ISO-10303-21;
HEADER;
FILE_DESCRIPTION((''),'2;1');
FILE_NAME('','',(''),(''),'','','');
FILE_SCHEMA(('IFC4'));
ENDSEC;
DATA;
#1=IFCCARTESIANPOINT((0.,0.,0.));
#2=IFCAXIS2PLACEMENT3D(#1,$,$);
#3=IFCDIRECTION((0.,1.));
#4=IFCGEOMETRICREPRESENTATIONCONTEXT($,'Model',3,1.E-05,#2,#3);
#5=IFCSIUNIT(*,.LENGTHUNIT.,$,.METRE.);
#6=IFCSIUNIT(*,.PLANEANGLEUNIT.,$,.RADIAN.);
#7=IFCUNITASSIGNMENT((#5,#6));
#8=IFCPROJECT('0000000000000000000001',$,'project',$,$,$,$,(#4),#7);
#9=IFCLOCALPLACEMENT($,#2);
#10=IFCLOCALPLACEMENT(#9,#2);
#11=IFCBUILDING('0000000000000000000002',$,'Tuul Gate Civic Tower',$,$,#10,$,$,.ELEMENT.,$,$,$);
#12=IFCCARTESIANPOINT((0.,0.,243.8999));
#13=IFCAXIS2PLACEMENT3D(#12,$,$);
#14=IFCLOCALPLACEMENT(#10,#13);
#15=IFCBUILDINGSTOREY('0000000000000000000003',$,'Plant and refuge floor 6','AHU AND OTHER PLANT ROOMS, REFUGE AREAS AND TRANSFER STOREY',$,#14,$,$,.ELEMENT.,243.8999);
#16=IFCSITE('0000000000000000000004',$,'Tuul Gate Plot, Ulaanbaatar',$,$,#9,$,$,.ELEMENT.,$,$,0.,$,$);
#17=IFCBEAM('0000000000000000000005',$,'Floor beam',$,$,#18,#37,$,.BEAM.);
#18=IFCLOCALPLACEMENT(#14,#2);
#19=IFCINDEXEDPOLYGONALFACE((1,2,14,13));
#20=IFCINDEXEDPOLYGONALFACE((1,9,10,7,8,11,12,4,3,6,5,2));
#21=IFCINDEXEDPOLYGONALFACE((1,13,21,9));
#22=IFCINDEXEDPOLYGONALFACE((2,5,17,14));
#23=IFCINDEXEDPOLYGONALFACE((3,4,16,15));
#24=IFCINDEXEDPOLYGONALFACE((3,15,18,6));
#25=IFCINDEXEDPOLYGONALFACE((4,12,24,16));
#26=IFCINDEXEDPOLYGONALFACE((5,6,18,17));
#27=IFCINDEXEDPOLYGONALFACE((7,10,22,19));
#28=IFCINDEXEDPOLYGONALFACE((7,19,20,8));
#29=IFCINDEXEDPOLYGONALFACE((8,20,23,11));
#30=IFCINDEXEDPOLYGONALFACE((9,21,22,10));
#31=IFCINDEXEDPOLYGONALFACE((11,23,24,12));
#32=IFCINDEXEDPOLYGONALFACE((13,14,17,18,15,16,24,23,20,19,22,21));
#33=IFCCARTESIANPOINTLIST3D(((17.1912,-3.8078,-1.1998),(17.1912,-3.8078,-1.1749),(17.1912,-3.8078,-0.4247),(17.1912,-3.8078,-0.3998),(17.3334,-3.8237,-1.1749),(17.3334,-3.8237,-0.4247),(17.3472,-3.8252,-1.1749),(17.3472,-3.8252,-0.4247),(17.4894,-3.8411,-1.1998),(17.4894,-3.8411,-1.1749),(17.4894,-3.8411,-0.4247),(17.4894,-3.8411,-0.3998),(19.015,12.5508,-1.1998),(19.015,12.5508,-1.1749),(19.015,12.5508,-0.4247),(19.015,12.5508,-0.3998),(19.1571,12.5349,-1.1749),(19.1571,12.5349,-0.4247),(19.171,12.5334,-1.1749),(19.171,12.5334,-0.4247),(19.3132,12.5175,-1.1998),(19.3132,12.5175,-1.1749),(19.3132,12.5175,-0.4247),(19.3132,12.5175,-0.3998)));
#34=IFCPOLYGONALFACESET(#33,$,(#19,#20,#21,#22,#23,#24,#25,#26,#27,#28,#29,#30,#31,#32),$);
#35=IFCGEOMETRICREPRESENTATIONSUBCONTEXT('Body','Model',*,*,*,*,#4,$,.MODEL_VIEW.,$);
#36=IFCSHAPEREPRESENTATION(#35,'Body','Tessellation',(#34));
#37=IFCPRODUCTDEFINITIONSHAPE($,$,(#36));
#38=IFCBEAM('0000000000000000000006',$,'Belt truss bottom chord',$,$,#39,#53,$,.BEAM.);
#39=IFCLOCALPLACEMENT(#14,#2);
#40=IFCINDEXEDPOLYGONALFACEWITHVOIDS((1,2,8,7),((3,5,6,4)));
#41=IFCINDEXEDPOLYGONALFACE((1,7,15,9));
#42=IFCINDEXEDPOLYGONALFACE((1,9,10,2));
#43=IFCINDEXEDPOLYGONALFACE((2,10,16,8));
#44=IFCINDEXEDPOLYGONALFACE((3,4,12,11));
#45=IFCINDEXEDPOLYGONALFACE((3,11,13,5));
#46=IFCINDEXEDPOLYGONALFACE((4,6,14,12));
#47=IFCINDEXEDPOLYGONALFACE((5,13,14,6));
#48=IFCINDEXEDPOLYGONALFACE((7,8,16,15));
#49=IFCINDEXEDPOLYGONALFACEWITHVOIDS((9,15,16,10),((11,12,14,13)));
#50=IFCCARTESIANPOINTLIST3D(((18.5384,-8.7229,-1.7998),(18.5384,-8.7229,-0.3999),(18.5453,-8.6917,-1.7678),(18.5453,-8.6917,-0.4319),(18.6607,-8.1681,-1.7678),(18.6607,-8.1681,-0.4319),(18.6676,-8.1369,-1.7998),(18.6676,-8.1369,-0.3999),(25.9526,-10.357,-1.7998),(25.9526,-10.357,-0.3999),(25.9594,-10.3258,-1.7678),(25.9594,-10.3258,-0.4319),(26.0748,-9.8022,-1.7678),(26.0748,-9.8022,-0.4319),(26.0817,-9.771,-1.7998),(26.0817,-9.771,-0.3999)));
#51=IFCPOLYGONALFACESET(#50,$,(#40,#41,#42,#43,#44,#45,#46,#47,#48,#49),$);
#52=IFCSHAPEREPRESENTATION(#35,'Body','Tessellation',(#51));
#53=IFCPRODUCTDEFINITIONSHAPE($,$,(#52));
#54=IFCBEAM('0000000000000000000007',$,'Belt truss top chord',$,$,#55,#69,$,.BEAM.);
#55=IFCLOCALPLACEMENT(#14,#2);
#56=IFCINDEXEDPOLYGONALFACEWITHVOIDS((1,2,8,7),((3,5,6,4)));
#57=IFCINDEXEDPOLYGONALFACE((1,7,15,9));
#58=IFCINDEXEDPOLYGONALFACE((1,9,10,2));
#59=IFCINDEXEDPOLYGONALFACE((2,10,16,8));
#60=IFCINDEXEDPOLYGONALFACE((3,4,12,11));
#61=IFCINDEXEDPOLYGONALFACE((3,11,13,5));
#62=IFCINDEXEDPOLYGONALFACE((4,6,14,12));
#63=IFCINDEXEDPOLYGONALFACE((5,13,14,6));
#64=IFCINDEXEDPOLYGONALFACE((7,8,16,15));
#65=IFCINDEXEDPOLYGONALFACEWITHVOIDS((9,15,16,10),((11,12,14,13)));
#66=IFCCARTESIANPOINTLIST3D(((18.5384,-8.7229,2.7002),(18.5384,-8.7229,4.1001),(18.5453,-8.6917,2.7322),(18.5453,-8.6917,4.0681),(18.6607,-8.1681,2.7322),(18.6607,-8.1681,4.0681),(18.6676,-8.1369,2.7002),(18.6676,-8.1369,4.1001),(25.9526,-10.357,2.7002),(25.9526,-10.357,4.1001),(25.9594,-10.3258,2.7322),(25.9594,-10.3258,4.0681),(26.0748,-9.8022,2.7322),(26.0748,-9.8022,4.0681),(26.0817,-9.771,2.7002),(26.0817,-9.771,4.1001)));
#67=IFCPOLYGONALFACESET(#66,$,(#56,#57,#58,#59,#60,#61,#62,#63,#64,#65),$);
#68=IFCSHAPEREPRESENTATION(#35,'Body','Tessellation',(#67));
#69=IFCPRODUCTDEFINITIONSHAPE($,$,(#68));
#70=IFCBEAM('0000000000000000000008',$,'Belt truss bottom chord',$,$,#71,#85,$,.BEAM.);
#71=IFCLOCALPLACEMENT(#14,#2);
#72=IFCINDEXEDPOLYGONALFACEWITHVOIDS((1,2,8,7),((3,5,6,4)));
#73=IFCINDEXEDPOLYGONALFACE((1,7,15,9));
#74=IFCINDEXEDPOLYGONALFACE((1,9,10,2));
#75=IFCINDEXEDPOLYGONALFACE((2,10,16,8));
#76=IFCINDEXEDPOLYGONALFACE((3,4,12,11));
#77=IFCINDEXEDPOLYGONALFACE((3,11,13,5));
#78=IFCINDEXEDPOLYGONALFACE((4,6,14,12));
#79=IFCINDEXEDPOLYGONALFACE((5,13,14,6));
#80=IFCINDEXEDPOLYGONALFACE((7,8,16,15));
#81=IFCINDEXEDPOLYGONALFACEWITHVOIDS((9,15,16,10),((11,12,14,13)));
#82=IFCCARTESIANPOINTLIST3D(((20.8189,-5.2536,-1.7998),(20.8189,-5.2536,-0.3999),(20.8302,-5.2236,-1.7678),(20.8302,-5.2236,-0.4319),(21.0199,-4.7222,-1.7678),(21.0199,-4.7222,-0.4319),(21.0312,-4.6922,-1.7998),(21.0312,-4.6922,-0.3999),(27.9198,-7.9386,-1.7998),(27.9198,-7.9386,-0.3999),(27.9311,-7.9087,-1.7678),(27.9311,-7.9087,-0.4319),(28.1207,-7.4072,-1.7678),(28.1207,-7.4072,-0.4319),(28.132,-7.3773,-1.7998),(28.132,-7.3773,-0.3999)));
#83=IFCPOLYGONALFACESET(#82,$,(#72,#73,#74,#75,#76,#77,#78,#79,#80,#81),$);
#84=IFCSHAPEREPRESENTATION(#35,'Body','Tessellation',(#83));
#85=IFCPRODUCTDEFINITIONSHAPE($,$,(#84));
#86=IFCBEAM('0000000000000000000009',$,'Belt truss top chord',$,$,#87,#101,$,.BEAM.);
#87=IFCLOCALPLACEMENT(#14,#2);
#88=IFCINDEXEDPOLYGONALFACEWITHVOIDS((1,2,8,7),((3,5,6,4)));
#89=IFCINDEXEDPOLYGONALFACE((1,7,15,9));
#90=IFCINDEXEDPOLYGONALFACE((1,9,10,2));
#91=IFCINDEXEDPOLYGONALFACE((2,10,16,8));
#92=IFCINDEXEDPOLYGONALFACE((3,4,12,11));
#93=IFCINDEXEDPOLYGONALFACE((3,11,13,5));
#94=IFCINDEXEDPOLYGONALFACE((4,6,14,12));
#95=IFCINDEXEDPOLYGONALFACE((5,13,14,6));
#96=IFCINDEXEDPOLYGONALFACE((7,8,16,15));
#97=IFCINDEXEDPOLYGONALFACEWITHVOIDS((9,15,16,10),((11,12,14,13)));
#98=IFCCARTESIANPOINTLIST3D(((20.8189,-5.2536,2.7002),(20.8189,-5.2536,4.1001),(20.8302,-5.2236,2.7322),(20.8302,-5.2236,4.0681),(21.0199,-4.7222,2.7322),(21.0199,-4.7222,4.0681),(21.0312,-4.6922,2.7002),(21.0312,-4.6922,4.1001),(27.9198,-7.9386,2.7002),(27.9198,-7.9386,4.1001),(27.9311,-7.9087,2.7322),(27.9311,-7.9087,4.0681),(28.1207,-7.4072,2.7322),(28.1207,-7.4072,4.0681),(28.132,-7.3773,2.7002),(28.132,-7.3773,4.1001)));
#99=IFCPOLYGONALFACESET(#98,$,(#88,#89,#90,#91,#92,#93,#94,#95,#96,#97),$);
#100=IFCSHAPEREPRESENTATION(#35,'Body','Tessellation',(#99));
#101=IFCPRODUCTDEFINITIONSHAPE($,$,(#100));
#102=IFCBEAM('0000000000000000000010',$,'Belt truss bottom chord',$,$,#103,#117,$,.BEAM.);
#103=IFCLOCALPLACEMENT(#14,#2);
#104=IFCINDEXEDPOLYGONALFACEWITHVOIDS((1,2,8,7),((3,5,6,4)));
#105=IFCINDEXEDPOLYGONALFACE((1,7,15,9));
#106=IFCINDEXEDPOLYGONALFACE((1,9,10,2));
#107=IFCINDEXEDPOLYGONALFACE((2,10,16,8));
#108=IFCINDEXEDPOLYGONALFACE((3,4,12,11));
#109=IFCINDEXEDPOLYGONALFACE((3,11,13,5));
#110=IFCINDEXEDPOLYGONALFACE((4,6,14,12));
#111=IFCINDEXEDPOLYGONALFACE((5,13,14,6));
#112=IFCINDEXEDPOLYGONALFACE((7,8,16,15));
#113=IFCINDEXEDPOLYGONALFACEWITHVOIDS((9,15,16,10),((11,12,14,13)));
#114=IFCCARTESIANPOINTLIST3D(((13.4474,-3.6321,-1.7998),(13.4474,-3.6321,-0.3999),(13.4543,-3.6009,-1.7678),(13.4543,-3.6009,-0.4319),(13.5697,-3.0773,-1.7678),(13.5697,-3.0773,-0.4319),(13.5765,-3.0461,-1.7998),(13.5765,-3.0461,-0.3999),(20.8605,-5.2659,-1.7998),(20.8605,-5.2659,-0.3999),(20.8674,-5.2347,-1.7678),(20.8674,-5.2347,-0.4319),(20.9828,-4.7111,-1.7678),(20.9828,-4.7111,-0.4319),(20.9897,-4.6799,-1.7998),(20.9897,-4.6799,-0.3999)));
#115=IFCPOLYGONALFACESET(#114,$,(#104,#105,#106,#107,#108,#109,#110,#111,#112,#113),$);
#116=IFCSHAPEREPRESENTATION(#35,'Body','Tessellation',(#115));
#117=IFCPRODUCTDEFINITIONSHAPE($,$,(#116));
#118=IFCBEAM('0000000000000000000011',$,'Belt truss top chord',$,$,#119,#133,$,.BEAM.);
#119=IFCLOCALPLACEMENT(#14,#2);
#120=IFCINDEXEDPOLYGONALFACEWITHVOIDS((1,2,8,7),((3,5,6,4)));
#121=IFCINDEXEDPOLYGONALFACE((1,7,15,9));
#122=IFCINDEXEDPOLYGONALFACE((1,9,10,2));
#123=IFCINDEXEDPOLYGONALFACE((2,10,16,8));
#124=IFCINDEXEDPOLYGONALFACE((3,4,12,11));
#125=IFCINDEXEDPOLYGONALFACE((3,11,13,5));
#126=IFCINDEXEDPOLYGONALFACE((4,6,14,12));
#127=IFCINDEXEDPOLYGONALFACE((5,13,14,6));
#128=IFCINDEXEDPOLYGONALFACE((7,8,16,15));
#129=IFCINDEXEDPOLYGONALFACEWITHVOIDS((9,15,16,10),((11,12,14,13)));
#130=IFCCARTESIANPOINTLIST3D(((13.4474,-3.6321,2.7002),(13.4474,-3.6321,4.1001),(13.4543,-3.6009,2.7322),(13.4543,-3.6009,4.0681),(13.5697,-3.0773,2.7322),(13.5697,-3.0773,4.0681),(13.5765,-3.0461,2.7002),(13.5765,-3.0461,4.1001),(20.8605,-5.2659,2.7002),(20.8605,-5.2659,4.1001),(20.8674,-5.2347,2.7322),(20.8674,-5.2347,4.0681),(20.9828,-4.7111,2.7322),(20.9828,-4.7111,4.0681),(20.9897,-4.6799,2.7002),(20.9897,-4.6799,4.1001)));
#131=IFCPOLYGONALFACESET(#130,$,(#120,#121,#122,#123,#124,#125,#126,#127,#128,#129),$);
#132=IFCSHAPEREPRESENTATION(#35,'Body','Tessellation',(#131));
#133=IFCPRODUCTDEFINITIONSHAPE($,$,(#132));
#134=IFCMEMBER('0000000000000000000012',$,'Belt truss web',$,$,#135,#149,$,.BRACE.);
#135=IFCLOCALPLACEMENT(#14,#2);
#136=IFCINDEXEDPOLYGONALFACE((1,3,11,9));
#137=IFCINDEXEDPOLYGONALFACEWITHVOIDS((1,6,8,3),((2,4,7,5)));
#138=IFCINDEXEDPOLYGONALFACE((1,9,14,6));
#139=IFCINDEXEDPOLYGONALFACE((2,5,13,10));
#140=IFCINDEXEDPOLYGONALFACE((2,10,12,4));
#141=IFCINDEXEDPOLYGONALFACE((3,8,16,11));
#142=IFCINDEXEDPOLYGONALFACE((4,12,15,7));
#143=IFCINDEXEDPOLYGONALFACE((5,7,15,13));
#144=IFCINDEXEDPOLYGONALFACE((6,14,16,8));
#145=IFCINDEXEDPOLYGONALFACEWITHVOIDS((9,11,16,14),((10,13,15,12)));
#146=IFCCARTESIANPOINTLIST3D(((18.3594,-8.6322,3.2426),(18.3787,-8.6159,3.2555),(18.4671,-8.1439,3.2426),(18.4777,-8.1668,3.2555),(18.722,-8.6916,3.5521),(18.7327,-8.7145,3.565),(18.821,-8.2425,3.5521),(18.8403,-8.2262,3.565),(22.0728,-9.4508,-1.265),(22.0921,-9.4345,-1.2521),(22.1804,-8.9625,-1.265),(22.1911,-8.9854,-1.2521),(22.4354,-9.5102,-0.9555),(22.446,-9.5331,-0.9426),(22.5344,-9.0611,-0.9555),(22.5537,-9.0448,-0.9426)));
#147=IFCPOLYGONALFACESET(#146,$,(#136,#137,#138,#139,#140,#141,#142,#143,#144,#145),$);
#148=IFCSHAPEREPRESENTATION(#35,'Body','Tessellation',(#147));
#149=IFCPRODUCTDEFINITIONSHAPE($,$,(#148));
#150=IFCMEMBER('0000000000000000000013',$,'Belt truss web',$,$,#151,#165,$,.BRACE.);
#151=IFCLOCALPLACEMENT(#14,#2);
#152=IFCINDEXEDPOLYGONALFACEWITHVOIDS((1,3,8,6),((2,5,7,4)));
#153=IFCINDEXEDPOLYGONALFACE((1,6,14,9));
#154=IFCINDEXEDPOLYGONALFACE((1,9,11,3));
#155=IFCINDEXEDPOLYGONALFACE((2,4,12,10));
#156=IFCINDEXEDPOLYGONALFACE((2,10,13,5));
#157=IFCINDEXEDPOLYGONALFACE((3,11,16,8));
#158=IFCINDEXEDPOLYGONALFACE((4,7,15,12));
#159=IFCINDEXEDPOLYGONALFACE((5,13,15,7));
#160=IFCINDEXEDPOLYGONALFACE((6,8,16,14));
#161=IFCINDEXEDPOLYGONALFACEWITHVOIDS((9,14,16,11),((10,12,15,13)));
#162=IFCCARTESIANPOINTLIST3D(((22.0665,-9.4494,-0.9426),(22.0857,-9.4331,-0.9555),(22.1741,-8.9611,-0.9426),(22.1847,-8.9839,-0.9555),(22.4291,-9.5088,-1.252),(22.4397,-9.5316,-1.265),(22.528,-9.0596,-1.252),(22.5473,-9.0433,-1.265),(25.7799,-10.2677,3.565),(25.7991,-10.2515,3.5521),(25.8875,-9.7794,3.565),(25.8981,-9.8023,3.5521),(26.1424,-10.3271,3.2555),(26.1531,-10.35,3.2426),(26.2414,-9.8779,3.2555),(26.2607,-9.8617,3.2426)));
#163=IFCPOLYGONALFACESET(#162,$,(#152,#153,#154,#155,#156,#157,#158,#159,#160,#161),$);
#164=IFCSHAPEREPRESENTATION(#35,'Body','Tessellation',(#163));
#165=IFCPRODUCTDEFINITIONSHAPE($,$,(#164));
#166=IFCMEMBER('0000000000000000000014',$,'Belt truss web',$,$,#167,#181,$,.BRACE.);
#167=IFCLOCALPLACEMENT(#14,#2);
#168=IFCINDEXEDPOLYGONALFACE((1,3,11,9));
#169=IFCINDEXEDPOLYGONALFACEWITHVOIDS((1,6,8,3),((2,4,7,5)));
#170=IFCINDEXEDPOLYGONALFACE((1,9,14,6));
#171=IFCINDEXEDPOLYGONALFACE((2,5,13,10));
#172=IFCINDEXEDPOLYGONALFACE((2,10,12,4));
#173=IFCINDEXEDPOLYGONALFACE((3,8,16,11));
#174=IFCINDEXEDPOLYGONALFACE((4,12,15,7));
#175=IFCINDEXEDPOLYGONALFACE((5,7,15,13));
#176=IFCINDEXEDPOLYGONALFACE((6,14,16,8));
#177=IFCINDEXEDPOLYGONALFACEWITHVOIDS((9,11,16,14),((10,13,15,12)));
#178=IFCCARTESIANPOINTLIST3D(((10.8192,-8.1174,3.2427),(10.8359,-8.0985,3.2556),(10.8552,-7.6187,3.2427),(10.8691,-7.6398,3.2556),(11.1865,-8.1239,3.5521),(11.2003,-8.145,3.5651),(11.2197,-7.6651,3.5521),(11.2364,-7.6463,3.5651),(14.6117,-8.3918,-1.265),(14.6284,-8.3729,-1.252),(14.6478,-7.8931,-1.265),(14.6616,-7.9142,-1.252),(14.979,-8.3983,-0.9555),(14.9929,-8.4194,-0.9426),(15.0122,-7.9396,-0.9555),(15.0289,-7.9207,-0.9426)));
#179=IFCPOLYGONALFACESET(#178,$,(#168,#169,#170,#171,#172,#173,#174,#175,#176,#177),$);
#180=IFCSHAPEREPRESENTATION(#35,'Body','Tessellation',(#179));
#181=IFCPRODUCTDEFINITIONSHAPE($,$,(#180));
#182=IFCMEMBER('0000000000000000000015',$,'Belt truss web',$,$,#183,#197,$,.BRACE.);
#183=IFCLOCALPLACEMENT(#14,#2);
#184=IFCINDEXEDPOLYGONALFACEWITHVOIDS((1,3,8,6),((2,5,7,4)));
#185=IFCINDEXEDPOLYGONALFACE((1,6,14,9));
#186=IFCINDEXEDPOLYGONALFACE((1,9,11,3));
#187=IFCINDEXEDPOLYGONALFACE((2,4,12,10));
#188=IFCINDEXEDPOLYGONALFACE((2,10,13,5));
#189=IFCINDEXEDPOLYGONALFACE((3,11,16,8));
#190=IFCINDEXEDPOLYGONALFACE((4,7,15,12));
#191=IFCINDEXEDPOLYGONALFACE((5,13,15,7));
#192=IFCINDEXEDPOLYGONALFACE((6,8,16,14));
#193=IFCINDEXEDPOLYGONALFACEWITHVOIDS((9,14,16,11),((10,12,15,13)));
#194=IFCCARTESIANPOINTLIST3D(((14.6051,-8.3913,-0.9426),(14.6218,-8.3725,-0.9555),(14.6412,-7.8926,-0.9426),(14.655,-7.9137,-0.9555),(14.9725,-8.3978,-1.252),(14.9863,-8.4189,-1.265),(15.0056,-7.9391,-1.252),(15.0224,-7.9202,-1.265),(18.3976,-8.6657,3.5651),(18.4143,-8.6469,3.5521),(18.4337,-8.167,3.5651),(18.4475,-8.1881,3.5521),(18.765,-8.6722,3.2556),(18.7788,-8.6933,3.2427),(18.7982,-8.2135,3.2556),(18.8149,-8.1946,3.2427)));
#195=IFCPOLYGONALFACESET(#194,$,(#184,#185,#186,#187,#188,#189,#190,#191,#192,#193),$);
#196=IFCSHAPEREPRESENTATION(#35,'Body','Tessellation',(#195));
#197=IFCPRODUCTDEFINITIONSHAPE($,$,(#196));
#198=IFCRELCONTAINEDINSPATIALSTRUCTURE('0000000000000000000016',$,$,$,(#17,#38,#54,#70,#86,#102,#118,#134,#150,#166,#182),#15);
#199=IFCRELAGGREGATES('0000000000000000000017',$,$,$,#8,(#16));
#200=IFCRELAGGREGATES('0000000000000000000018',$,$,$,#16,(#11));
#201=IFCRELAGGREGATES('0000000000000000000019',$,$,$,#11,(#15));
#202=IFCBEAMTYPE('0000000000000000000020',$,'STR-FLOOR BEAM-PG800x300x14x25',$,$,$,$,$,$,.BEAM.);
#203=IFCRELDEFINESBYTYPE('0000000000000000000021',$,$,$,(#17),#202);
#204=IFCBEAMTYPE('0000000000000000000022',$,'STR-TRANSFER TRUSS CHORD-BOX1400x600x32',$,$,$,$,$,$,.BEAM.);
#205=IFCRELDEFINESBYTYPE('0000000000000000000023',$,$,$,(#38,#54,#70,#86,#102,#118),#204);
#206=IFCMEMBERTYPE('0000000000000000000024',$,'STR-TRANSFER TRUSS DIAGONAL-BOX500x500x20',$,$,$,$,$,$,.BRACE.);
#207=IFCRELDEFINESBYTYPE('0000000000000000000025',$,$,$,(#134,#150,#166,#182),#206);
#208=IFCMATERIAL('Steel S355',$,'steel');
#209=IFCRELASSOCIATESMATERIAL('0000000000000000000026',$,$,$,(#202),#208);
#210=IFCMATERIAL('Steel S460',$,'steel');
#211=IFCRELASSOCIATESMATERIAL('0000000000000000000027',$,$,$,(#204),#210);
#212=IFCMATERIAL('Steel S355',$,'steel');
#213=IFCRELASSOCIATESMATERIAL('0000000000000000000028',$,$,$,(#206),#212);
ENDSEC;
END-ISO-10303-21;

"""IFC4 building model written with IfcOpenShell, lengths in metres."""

from ifc_helpers import new_model, si_unit, direction, frame, origin, origin_2d, place, context, subcontext, project, spatial, hollow_rectangle, i_section, extrude, material, material_profile, profile_set, type_object, element, save


model = new_model("IFC4")

# Units and contexts
model_context = context("Model", 3, precision=1e-05, world=origin(), true_north=direction((0.0, 1.0)))
body_context = subcontext(model_context, "Body", "Model", "MODEL_VIEW")
ifc_project = project(units=[si_unit("LENGTHUNIT", "METRE"), si_unit("PLANEANGLEUNIT", "RADIAN")], contexts=[model_context])

# Site, building, storey
site_placement = place(None, origin())
site = spatial("IfcSite", under=ifc_project, at=site_placement, Name="Tuul Gate Plot, Ulaanbaatar", CompositionType="ELEMENT", RefElevation=0.0)
building_placement = place(site_placement, origin())
building = spatial("IfcBuilding", under=site, at=building_placement, Name="Tuul Gate Civic Tower", CompositionType="ELEMENT")
storey_placement = place(building_placement, frame((0.0, 0.0, 243.8999)))
storey = spatial("IfcBuildingStorey", under=building, at=storey_placement, Name="Plant and refuge floor 6", Description="AHU AND OTHER PLANT ROOMS, REFUGE AREAS AND TRANSFER STOREY", CompositionType="ELEMENT", Elevation=243.8999)

# Beams
ifc_material_1 = material(Name="Steel S355", Category="steel")
ifc_material_profile_1 = material_profile(ifc_material_1, i_section(OverallWidth=0.3, OverallDepth=0.8, WebThickness=0.0139, FlangeThickness=0.0249, at=origin_2d()), Name="PG800x300x14x25")
ifc_profile_set_1 = profile_set([ifc_material_profile_1], Name="Steel S355")
beam_type_1 = type_object("IfcBeamType", Name="STR-FLOOR BEAM-PG800x300x14x25", PredefinedType="BEAM", material=ifc_profile_set_1)
beam_placement = place(storey_placement, frame((17.3403, -3.8245, -0.7998), z_axis=(0.110798, 0.993843, 0.0), x_axis=(-0.993843, 0.110798, 0.0)))
element("IfcBeam", 1, at=beam_placement, inside=storey, type_object=beam_type_1, Name="Floor beam", PredefinedType="BEAM", context=body_context, shape_type="SweptSolid", body=[
    extrude(i_section(OverallWidth=0.3, OverallDepth=0.8, WebThickness=0.0139, FlangeThickness=0.0249, at=origin_2d()), origin(), (0.0, 0.0, 1.0), 16.46),
])
ifc_material_2 = material(Name="Steel S460", Category="steel")
ifc_material_profile_2 = material_profile(ifc_material_2, hollow_rectangle(XDim=0.6001, YDim=1.3999, WallThickness=0.032, at=origin_2d()), Name="BOX1400x600x32")
ifc_profile_set_2 = profile_set([ifc_material_profile_2], Name="Steel S460")
beam_type_2 = type_object("IfcBeamType", Name="STR-TRANSFER TRUSS CHORD-BOX1400x600x32", PredefinedType="BEAM", material=ifc_profile_set_2)
for number, where, z_axis, x_axis, name in (
    (2, (18.603, -8.4299, -1.0999), (0.976563, -0.215231, 0.0), (0.215231, 0.976563, 0.0), "Belt truss bottom chord"),
    (3, (18.603, -8.4299, 3.4001), (0.976563, -0.215231, 0.0), (0.215231, 0.976563, 0.0), "Belt truss top chord"),
):
    element("IfcBeam", number, at=place(storey_placement, frame(where, z_axis=z_axis, x_axis=x_axis)), inside=storey, type_object=beam_type_2, Name=name, PredefinedType="BEAM", context=body_context, shape_type="SweptSolid", body=[
        extrude(hollow_rectangle(XDim=0.6001, YDim=1.3999, WallThickness=0.032, at=origin_2d()), origin(), (0.0, 0.0, 1.0), 7.592),
    ])
for number, where, z_axis, x_axis, name in (
    (4, (20.925, -4.9729, -1.0999), (0.935362, -0.353691, 0.0), (0.353691, 0.935362, 0.0), "Belt truss bottom chord"),
    (5, (20.925, -4.9729, 3.4001), (0.935362, -0.353691, 0.0), (0.353691, 0.935362, 0.0), "Belt truss top chord"),
):
    element("IfcBeam", number, at=place(storey_placement, frame(where, z_axis=z_axis, x_axis=x_axis)), inside=storey, type_object=beam_type_2, Name=name, PredefinedType="BEAM", context=body_context, shape_type="SweptSolid", body=[
        extrude(hollow_rectangle(XDim=0.6001, YDim=1.3999, WallThickness=0.032, at=origin_2d()), origin(), (0.0, 0.0, 1.0), 7.5916),
    ])
for number, where, z_axis, x_axis, name in (
    (6, (13.512, -3.3391, -1.0999), (0.976564, -0.215227, 0.0), (0.215227, 0.976564, 0.0), "Belt truss bottom chord"),
    (7, (13.512, -3.3391, 3.4001), (0.976564, -0.215227, 0.0), (0.215227, 0.976564, 0.0), "Belt truss top chord"),
):
    element("IfcBeam", number, at=place(storey_placement, frame(where, z_axis=z_axis, x_axis=x_axis)), inside=storey, type_object=beam_type_2, Name=name, PredefinedType="BEAM", context=body_context, shape_type="SweptSolid", body=[
        extrude(hollow_rectangle(XDim=0.6001, YDim=1.3999, WallThickness=0.032, at=origin_2d()), origin(), (0.0, 0.0, 1.0), 7.5911),
    ])

# Members
ifc_material_3 = material(Name="Steel S355", Category="steel")
ifc_material_profile_3 = material_profile(ifc_material_3, hollow_rectangle(XDim=0.5, YDim=0.5, WallThickness=0.02, at=origin_2d()), Name="BOX500x500x20")
ifc_profile_set_3 = profile_set([ifc_material_profile_3], Name="Steel S355")
member_type_1 = type_object("IfcMemberType", Name="STR-TRANSFER TRUSS DIAGONAL-BOX500x500x20", PredefinedType="BRACE", material=ifc_profile_set_3)
for number, where, z_axis, x_axis, name in (
    (8, (22.3132, -9.2478, -1.1038), (-0.629681, 0.138811, 0.764352), (-0.215278, -0.976553, 0.0), "Belt truss web"),
    (9, (22.3069, -9.2463, -1.1038), (0.629684, -0.138771, 0.764356), (0.215217, 0.976566, 0.0), "Belt truss web"),
    (10, (14.8203, -8.1562, -1.1038), (-0.643104, 0.046533, 0.764364), (-0.072169, -0.997392, 0.0), "Belt truss web"),
    (11, (14.8137, -8.1558, -1.1038), (0.643104, -0.046533, 0.764364), (0.072169, 0.997392, 0.0), "Belt truss web"),
):
    element("IfcMember", number, at=place(storey_placement, frame(where, z_axis=z_axis, x_axis=x_axis)), inside=storey, type_object=member_type_1, Name=name, PredefinedType="BRACE", context=body_context, shape_type="SweptSolid", body=[
        extrude(hollow_rectangle(XDim=0.5, YDim=0.5, WallThickness=0.02, at=origin_2d()), origin(), (0.0, 0.0, 1.0), 5.8972),
    ])

save(model, "model.ifc")
